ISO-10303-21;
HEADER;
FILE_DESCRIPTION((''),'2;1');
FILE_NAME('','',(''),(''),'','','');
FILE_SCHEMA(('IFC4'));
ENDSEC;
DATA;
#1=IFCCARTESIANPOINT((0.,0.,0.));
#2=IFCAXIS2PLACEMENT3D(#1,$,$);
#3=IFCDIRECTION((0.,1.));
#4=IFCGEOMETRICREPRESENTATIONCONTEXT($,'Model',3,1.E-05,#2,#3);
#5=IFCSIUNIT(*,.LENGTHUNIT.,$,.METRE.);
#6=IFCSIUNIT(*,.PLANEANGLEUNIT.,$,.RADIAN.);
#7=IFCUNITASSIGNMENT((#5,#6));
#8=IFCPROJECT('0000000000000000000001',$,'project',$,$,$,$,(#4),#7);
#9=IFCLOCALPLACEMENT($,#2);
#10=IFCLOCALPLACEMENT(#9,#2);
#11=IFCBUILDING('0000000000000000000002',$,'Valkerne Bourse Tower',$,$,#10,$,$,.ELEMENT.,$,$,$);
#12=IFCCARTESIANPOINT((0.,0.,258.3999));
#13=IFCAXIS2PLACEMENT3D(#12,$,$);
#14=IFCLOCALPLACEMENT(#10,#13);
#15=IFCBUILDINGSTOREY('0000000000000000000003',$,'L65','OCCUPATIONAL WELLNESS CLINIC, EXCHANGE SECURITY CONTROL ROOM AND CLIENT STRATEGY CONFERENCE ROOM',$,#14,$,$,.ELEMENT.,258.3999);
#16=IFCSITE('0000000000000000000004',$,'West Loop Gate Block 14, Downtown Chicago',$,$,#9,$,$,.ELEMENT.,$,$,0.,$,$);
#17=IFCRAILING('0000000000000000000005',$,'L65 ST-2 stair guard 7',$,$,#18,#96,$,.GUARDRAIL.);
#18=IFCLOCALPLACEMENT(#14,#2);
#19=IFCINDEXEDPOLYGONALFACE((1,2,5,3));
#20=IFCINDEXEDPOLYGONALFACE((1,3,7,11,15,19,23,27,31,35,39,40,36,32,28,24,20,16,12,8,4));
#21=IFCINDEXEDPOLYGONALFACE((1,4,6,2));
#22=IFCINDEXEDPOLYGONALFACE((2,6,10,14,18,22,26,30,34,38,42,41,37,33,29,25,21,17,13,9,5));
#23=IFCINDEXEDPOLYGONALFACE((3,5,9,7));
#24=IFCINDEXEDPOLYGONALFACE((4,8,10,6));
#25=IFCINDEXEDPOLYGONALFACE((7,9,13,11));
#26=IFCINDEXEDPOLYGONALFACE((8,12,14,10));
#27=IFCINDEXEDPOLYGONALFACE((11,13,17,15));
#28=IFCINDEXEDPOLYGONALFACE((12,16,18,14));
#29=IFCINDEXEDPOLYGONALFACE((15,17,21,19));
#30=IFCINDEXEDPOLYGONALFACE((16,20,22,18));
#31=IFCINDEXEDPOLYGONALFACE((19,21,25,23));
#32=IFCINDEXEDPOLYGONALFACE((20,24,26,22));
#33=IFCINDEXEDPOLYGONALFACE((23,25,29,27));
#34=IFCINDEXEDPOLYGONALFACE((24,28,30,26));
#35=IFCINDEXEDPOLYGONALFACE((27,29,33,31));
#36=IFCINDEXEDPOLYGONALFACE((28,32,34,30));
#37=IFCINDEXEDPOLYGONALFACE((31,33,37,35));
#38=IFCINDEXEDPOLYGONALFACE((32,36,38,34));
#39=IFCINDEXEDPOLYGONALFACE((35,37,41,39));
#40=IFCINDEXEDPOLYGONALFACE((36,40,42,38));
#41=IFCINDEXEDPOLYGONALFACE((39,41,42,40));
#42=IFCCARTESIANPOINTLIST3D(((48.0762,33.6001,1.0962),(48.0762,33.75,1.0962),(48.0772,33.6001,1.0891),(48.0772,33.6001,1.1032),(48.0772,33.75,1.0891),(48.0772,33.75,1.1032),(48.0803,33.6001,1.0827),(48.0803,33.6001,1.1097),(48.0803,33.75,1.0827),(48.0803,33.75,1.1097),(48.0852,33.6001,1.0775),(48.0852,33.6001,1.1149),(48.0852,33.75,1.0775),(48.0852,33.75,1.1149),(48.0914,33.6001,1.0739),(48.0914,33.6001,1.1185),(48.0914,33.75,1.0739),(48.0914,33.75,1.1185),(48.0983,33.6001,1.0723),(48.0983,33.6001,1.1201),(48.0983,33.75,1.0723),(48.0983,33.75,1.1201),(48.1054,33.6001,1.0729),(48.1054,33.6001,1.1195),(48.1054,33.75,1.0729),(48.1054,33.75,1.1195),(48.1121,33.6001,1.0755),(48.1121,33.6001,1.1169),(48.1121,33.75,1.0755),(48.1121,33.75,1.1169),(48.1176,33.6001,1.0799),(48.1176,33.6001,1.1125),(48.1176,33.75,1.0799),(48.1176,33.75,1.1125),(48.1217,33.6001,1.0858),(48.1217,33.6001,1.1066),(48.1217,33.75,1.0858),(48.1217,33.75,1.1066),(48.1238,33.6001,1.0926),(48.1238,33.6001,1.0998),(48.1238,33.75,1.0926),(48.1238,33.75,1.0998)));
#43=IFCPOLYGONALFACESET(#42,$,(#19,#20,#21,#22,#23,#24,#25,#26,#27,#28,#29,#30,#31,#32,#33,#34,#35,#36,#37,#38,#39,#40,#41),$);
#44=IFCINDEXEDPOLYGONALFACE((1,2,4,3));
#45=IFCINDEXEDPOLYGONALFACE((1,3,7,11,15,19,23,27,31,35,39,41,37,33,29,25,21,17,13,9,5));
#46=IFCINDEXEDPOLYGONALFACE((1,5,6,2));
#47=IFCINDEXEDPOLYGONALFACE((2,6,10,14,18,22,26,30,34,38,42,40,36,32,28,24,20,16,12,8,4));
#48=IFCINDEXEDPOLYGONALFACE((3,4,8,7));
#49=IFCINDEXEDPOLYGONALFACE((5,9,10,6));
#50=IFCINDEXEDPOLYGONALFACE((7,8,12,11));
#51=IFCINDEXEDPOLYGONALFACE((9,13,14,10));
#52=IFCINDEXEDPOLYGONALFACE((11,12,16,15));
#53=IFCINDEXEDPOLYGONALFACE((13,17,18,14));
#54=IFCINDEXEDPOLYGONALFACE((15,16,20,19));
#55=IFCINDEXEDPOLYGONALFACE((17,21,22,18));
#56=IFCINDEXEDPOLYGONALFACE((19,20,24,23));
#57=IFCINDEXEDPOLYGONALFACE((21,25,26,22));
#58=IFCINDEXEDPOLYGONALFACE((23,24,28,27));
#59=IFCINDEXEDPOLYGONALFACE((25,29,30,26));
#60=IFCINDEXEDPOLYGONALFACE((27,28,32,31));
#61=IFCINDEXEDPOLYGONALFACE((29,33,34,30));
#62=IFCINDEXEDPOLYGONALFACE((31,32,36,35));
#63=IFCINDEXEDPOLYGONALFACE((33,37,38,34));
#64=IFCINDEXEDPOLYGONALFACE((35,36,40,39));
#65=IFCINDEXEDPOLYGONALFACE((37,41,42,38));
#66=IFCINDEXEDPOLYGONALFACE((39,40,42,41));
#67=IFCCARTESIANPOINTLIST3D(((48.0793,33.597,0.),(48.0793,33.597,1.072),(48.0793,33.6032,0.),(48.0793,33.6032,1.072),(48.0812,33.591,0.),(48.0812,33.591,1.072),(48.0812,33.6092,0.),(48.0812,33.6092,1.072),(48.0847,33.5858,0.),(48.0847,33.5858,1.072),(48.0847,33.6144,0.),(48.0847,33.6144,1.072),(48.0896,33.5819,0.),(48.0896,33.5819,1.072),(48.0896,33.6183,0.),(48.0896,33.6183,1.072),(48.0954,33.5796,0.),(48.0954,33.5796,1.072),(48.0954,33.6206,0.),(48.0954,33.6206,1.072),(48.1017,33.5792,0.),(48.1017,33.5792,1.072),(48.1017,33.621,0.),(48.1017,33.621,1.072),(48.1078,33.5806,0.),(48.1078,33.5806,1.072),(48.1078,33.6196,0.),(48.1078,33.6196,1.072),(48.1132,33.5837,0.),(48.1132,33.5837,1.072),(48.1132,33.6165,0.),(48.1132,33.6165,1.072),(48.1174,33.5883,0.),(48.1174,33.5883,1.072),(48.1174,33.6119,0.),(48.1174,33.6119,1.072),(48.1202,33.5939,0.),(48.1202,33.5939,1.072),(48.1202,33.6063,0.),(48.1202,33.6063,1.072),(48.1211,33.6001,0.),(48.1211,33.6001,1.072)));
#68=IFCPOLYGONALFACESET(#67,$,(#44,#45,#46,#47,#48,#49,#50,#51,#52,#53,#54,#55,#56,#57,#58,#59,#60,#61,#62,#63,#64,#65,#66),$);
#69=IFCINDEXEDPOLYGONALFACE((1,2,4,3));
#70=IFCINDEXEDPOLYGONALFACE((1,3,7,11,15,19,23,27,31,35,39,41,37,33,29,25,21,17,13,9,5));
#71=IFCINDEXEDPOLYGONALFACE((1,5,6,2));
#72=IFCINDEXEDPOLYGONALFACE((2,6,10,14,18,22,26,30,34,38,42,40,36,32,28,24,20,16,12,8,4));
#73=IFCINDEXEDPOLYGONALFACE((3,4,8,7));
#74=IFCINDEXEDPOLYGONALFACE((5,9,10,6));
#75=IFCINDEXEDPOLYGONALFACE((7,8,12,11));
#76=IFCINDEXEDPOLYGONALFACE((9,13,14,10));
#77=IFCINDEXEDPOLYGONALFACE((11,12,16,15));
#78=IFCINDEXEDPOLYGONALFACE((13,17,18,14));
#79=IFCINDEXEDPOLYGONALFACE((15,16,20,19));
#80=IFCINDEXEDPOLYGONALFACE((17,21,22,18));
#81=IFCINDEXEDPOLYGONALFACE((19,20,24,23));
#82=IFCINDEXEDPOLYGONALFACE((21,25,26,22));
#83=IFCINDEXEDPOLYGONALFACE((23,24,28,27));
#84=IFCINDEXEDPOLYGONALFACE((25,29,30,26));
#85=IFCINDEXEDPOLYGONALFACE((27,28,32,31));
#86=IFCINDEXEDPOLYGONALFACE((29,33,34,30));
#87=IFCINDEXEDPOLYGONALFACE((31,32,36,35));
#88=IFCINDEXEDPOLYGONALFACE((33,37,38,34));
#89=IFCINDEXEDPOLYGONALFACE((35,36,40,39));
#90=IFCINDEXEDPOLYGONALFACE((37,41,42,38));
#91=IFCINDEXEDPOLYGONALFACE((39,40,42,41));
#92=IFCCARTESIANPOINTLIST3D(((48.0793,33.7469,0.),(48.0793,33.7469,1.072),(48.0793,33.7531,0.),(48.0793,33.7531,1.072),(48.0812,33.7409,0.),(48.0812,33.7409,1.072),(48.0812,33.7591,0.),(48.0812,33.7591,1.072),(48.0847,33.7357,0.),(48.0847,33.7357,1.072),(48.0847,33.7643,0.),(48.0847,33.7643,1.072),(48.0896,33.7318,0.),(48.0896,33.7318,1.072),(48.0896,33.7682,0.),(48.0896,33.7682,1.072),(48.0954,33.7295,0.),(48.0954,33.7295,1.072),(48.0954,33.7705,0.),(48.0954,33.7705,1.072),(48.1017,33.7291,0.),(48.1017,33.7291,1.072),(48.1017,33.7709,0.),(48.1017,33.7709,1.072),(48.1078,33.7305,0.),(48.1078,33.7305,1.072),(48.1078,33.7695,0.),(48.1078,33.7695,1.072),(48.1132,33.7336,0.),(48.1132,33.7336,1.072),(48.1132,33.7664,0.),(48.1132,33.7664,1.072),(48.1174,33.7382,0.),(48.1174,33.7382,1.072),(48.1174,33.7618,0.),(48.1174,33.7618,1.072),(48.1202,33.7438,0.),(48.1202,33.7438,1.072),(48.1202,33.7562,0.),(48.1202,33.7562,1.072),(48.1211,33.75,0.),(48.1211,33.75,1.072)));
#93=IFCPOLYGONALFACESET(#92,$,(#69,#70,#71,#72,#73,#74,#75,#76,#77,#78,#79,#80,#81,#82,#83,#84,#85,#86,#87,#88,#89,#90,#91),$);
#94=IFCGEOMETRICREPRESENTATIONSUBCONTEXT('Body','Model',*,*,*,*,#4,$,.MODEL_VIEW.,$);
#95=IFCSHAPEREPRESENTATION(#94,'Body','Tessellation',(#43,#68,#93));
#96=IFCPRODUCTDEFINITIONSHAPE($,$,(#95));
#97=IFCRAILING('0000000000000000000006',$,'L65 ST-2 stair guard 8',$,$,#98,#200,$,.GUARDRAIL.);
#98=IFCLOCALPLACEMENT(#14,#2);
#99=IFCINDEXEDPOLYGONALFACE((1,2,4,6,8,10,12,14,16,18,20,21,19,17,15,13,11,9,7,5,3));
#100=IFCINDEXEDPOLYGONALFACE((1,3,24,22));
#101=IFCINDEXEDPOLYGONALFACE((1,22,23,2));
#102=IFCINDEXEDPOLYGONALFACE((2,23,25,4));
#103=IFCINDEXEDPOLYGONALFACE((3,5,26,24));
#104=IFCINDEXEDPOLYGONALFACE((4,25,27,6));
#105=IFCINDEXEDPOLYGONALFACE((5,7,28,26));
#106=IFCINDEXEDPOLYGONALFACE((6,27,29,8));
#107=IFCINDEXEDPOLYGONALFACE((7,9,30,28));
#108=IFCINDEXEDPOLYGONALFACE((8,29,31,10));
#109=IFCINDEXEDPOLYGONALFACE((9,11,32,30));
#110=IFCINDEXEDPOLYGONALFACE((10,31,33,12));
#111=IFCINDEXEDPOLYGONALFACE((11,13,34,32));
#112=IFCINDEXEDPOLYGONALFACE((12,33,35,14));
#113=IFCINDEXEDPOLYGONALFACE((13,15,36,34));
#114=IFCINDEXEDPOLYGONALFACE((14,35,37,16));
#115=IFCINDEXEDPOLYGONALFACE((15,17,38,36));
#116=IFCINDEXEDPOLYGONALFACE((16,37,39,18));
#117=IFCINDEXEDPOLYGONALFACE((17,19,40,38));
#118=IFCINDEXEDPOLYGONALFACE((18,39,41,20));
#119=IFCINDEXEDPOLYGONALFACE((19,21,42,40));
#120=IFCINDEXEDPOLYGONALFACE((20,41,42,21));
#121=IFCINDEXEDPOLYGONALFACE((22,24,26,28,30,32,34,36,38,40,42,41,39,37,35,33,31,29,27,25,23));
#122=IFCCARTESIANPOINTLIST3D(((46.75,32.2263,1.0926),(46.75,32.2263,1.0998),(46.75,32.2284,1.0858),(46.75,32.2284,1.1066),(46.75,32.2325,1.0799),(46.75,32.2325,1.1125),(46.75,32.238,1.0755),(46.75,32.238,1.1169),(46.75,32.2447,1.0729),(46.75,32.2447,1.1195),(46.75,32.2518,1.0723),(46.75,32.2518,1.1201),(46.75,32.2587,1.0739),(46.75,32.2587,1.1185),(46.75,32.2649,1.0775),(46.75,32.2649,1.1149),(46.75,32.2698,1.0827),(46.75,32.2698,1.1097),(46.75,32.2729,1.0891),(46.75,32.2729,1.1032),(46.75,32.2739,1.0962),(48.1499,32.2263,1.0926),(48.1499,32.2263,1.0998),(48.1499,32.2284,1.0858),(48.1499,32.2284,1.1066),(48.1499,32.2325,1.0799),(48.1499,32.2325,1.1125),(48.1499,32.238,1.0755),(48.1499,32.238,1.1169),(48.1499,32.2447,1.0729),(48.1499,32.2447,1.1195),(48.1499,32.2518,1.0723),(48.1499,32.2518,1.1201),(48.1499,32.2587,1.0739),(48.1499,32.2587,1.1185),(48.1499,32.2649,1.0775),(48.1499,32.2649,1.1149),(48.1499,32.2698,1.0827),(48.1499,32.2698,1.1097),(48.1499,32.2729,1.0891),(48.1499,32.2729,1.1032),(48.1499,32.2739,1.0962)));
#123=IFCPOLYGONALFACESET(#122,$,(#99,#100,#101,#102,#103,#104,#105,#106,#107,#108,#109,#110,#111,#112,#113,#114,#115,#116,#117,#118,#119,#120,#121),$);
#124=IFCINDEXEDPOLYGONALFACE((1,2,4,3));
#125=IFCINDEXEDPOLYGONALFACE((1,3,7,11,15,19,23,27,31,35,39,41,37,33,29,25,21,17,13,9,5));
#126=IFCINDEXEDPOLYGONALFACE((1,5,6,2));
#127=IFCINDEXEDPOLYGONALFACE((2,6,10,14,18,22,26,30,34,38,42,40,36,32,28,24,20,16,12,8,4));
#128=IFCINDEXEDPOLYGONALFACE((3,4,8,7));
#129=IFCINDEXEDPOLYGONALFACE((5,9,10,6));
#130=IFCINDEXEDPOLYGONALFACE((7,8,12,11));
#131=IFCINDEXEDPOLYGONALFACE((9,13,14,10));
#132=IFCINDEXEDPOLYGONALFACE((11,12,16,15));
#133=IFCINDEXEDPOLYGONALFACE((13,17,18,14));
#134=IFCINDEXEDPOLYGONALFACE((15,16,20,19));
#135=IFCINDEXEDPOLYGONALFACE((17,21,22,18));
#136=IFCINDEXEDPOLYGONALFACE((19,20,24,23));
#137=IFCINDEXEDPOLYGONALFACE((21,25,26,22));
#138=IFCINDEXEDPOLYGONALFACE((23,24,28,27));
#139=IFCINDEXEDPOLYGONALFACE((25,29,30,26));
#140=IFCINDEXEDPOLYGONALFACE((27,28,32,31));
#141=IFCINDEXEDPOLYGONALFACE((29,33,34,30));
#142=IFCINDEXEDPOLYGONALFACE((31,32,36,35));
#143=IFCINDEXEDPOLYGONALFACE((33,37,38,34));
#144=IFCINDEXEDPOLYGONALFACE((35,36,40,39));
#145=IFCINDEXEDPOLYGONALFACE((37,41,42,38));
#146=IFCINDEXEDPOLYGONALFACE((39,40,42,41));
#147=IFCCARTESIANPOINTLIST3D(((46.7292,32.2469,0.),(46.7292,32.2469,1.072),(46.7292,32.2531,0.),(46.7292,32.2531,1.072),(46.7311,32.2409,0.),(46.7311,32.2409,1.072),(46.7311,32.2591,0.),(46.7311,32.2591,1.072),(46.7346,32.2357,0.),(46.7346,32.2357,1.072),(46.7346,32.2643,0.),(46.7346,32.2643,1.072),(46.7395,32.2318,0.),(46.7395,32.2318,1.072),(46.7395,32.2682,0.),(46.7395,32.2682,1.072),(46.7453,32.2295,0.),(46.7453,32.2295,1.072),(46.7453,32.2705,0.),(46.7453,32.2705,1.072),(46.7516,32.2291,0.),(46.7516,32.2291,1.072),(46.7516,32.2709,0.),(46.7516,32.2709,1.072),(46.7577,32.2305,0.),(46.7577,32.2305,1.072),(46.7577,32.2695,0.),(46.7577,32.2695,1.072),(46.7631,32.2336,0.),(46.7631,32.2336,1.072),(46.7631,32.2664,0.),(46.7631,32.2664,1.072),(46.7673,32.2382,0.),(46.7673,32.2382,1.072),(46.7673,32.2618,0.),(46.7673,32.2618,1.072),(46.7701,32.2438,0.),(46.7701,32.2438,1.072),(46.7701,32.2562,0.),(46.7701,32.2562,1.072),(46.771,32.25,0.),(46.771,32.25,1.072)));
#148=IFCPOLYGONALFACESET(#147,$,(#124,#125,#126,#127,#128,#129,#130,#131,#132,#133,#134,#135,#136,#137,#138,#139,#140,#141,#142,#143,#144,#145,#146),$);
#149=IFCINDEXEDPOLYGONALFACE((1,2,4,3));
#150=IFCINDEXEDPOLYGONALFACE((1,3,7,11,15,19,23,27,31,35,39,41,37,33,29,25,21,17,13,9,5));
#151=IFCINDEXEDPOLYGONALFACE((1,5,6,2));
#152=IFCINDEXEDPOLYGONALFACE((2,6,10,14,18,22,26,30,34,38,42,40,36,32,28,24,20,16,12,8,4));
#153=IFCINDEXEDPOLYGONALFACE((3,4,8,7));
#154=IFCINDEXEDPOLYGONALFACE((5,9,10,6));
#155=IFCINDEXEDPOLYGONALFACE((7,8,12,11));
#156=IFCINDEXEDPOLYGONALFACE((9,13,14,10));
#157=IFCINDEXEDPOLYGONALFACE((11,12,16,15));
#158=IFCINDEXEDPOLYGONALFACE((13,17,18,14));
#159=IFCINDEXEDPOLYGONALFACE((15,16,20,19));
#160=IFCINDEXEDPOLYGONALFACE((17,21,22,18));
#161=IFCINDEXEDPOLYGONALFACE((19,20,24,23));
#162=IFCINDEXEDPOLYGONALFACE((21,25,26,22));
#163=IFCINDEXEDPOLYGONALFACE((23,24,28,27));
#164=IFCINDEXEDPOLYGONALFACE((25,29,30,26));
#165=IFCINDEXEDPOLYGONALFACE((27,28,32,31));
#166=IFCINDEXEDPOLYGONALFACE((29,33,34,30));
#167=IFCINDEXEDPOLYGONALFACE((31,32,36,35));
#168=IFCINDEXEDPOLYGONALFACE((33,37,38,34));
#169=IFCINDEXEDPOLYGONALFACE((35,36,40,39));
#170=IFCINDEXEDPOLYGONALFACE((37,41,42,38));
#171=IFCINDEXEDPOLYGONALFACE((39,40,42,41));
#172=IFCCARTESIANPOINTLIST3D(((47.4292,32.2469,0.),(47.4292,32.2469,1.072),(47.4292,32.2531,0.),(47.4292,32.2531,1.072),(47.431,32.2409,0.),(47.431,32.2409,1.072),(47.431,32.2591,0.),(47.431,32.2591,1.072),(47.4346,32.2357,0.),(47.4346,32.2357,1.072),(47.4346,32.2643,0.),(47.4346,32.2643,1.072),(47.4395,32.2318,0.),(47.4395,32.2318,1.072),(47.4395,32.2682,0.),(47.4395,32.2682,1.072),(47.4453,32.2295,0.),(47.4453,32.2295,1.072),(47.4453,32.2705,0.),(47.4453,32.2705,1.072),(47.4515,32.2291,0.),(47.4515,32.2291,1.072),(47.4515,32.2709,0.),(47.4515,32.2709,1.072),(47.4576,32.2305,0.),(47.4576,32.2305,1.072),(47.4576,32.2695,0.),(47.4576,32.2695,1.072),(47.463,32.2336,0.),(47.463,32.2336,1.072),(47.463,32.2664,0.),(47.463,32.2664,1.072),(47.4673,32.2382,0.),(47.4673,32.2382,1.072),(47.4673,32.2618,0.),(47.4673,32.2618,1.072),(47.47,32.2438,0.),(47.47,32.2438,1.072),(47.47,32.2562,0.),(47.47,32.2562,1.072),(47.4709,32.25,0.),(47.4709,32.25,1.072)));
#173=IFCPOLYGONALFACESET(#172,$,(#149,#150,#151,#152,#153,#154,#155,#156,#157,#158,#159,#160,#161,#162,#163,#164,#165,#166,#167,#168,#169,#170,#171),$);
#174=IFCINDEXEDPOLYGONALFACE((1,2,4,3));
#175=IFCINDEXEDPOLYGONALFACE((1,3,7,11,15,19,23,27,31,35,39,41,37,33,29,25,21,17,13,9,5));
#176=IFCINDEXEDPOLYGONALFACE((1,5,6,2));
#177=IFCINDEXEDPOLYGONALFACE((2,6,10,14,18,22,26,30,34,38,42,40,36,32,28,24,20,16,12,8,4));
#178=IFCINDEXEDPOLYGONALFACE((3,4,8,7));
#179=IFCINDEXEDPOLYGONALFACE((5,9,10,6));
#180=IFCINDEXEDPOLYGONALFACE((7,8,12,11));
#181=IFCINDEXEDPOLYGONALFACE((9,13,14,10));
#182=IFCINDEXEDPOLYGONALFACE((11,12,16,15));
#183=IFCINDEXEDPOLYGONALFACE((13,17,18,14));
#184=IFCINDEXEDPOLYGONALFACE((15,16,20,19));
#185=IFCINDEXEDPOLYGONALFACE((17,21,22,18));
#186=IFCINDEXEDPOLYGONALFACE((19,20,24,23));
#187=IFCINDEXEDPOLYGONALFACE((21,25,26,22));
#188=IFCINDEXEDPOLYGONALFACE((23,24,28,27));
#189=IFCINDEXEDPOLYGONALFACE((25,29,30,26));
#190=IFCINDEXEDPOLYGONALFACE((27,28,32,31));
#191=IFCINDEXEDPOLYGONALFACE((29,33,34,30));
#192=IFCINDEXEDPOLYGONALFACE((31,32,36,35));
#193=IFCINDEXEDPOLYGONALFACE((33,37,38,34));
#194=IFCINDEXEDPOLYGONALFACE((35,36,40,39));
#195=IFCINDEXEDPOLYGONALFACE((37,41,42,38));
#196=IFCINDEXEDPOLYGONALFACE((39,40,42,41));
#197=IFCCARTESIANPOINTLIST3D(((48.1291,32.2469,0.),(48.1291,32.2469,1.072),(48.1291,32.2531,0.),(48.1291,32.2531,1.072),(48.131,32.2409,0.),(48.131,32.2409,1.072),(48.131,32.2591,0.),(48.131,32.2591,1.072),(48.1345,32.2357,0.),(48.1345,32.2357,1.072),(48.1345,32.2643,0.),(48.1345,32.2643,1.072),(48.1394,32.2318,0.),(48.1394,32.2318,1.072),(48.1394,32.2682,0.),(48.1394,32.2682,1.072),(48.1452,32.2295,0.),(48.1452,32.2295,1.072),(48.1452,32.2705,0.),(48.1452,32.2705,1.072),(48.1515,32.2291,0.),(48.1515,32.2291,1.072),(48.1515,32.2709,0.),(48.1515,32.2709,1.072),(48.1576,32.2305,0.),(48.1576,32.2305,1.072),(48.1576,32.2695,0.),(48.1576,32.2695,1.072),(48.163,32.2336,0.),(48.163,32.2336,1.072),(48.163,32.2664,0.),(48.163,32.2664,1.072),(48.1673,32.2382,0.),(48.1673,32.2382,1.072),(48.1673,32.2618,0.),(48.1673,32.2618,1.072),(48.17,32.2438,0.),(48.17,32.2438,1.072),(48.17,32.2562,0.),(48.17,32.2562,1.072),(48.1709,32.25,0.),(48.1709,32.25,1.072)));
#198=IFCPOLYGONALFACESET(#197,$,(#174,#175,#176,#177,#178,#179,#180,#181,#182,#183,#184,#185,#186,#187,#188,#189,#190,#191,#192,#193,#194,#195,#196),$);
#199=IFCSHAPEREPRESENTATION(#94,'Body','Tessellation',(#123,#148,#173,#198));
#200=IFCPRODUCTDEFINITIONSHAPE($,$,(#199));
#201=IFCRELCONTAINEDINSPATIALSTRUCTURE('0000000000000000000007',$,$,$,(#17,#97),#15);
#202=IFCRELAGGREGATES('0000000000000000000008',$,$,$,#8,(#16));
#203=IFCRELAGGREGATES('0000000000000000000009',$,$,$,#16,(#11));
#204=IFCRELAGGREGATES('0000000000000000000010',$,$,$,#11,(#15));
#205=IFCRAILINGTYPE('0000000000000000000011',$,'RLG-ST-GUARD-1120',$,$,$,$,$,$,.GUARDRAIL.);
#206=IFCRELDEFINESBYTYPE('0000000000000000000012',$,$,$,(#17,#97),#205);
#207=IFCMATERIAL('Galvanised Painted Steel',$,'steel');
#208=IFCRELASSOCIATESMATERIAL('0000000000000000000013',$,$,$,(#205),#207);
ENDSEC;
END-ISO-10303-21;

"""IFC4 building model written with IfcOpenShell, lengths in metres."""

from ifc_helpers import new_model, si_unit, direction, frame, origin, origin_2d, place, context, subcontext, project, spatial, circle, extrude, material, type_object, element, save


model = new_model("IFC4")

# Units and contexts
model_context = context("Model", 3, precision=1e-05, world=origin(), true_north=direction((0.0, 1.0)))
body_context = subcontext(model_context, "Body", "Model", "MODEL_VIEW")
ifc_project = project(units=[si_unit("LENGTHUNIT", "METRE"), si_unit("PLANEANGLEUNIT", "RADIAN")], contexts=[model_context])

# Site, building, storey
site_placement = place(None, origin())
site = spatial("IfcSite", under=ifc_project, at=site_placement, Name="West Loop Gate Block 14, Downtown Chicago", CompositionType="ELEMENT", RefElevation=0.0)
building_placement = place(site_placement, origin())
building = spatial("IfcBuilding", under=site, at=building_placement, Name="Valkerne Bourse Tower", CompositionType="ELEMENT")
storey_placement = place(building_placement, frame((0.0, 0.0, 258.3999)))
storey = spatial("IfcBuildingStorey", under=building, at=storey_placement, Name="L65", Description="OCCUPATIONAL WELLNESS CLINIC, EXCHANGE SECURITY CONTROL ROOM AND CLIENT STRATEGY CONFERENCE ROOM", CompositionType="ELEMENT", Elevation=258.3999)

# Shared definitions
ifc_material_1 = material(Name="Galvanised Painted Steel", Category="steel")

# Railings
railing_type_1 = type_object("IfcRailingType", Name="RLG-ST-GUARD-1120", PredefinedType="GUARDRAIL", material=ifc_material_1)
railing_1_placement = place(storey_placement, frame((48.1001, 33.6001, 0.0)))
element("IfcRailing", 1, at=railing_1_placement, inside=storey, type_object=railing_type_1, Name="L65 ST-2 stair guard 7", PredefinedType="GUARDRAIL", context=body_context, shape_type="SweptSolid", body=[
    extrude(circle(Radius=0.0239, at=origin_2d()), frame((0.0, 0.0, 1.0962), z_axis=(0.0, 1.0, 0.0), x_axis=(-1.0, 0.0, 0.0)), (0.0, 0.0, 1.0), 0.1499),
    extrude(circle(Radius=0.021, at=origin_2d()), origin(), (0.0, 0.0, 1.0), 1.072),
    extrude(circle(Radius=0.021, at=origin_2d()), frame((0.0, 0.1499, 0.0)), (0.0, 0.0, 1.0), 1.072),
])
for number, where, name in (
    (2, (46.75, 32.25, 0.0), "L65 ST-2 stair guard 8"),
):
    element("IfcRailing", number, at=place(storey_placement, frame(where)), inside=storey, type_object=railing_type_1, Name=name, PredefinedType="GUARDRAIL", context=body_context, shape_type="SweptSolid", body=[
        extrude(circle(Radius=0.0239, at=origin_2d()), frame((0.0, 0.0, 1.0962), z_axis=(1.0, 0.0, 0.0), x_axis=(0.0, 1.0, 0.0)), (0.0, 0.0, 1.0), 1.3999),
        extrude(circle(Radius=0.021, at=origin_2d()), origin(), (0.0, 0.0, 1.0), 1.072),
        extrude(circle(Radius=0.021, at=origin_2d()), frame((0.7, 0.0, 0.0)), (0.0, 0.0, 1.0), 1.072),
        extrude(circle(Radius=0.021, at=origin_2d()), frame((1.3999, 0.0, 0.0)), (0.0, 0.0, 1.0), 1.072),
    ])

save(model, "model.ifc")
